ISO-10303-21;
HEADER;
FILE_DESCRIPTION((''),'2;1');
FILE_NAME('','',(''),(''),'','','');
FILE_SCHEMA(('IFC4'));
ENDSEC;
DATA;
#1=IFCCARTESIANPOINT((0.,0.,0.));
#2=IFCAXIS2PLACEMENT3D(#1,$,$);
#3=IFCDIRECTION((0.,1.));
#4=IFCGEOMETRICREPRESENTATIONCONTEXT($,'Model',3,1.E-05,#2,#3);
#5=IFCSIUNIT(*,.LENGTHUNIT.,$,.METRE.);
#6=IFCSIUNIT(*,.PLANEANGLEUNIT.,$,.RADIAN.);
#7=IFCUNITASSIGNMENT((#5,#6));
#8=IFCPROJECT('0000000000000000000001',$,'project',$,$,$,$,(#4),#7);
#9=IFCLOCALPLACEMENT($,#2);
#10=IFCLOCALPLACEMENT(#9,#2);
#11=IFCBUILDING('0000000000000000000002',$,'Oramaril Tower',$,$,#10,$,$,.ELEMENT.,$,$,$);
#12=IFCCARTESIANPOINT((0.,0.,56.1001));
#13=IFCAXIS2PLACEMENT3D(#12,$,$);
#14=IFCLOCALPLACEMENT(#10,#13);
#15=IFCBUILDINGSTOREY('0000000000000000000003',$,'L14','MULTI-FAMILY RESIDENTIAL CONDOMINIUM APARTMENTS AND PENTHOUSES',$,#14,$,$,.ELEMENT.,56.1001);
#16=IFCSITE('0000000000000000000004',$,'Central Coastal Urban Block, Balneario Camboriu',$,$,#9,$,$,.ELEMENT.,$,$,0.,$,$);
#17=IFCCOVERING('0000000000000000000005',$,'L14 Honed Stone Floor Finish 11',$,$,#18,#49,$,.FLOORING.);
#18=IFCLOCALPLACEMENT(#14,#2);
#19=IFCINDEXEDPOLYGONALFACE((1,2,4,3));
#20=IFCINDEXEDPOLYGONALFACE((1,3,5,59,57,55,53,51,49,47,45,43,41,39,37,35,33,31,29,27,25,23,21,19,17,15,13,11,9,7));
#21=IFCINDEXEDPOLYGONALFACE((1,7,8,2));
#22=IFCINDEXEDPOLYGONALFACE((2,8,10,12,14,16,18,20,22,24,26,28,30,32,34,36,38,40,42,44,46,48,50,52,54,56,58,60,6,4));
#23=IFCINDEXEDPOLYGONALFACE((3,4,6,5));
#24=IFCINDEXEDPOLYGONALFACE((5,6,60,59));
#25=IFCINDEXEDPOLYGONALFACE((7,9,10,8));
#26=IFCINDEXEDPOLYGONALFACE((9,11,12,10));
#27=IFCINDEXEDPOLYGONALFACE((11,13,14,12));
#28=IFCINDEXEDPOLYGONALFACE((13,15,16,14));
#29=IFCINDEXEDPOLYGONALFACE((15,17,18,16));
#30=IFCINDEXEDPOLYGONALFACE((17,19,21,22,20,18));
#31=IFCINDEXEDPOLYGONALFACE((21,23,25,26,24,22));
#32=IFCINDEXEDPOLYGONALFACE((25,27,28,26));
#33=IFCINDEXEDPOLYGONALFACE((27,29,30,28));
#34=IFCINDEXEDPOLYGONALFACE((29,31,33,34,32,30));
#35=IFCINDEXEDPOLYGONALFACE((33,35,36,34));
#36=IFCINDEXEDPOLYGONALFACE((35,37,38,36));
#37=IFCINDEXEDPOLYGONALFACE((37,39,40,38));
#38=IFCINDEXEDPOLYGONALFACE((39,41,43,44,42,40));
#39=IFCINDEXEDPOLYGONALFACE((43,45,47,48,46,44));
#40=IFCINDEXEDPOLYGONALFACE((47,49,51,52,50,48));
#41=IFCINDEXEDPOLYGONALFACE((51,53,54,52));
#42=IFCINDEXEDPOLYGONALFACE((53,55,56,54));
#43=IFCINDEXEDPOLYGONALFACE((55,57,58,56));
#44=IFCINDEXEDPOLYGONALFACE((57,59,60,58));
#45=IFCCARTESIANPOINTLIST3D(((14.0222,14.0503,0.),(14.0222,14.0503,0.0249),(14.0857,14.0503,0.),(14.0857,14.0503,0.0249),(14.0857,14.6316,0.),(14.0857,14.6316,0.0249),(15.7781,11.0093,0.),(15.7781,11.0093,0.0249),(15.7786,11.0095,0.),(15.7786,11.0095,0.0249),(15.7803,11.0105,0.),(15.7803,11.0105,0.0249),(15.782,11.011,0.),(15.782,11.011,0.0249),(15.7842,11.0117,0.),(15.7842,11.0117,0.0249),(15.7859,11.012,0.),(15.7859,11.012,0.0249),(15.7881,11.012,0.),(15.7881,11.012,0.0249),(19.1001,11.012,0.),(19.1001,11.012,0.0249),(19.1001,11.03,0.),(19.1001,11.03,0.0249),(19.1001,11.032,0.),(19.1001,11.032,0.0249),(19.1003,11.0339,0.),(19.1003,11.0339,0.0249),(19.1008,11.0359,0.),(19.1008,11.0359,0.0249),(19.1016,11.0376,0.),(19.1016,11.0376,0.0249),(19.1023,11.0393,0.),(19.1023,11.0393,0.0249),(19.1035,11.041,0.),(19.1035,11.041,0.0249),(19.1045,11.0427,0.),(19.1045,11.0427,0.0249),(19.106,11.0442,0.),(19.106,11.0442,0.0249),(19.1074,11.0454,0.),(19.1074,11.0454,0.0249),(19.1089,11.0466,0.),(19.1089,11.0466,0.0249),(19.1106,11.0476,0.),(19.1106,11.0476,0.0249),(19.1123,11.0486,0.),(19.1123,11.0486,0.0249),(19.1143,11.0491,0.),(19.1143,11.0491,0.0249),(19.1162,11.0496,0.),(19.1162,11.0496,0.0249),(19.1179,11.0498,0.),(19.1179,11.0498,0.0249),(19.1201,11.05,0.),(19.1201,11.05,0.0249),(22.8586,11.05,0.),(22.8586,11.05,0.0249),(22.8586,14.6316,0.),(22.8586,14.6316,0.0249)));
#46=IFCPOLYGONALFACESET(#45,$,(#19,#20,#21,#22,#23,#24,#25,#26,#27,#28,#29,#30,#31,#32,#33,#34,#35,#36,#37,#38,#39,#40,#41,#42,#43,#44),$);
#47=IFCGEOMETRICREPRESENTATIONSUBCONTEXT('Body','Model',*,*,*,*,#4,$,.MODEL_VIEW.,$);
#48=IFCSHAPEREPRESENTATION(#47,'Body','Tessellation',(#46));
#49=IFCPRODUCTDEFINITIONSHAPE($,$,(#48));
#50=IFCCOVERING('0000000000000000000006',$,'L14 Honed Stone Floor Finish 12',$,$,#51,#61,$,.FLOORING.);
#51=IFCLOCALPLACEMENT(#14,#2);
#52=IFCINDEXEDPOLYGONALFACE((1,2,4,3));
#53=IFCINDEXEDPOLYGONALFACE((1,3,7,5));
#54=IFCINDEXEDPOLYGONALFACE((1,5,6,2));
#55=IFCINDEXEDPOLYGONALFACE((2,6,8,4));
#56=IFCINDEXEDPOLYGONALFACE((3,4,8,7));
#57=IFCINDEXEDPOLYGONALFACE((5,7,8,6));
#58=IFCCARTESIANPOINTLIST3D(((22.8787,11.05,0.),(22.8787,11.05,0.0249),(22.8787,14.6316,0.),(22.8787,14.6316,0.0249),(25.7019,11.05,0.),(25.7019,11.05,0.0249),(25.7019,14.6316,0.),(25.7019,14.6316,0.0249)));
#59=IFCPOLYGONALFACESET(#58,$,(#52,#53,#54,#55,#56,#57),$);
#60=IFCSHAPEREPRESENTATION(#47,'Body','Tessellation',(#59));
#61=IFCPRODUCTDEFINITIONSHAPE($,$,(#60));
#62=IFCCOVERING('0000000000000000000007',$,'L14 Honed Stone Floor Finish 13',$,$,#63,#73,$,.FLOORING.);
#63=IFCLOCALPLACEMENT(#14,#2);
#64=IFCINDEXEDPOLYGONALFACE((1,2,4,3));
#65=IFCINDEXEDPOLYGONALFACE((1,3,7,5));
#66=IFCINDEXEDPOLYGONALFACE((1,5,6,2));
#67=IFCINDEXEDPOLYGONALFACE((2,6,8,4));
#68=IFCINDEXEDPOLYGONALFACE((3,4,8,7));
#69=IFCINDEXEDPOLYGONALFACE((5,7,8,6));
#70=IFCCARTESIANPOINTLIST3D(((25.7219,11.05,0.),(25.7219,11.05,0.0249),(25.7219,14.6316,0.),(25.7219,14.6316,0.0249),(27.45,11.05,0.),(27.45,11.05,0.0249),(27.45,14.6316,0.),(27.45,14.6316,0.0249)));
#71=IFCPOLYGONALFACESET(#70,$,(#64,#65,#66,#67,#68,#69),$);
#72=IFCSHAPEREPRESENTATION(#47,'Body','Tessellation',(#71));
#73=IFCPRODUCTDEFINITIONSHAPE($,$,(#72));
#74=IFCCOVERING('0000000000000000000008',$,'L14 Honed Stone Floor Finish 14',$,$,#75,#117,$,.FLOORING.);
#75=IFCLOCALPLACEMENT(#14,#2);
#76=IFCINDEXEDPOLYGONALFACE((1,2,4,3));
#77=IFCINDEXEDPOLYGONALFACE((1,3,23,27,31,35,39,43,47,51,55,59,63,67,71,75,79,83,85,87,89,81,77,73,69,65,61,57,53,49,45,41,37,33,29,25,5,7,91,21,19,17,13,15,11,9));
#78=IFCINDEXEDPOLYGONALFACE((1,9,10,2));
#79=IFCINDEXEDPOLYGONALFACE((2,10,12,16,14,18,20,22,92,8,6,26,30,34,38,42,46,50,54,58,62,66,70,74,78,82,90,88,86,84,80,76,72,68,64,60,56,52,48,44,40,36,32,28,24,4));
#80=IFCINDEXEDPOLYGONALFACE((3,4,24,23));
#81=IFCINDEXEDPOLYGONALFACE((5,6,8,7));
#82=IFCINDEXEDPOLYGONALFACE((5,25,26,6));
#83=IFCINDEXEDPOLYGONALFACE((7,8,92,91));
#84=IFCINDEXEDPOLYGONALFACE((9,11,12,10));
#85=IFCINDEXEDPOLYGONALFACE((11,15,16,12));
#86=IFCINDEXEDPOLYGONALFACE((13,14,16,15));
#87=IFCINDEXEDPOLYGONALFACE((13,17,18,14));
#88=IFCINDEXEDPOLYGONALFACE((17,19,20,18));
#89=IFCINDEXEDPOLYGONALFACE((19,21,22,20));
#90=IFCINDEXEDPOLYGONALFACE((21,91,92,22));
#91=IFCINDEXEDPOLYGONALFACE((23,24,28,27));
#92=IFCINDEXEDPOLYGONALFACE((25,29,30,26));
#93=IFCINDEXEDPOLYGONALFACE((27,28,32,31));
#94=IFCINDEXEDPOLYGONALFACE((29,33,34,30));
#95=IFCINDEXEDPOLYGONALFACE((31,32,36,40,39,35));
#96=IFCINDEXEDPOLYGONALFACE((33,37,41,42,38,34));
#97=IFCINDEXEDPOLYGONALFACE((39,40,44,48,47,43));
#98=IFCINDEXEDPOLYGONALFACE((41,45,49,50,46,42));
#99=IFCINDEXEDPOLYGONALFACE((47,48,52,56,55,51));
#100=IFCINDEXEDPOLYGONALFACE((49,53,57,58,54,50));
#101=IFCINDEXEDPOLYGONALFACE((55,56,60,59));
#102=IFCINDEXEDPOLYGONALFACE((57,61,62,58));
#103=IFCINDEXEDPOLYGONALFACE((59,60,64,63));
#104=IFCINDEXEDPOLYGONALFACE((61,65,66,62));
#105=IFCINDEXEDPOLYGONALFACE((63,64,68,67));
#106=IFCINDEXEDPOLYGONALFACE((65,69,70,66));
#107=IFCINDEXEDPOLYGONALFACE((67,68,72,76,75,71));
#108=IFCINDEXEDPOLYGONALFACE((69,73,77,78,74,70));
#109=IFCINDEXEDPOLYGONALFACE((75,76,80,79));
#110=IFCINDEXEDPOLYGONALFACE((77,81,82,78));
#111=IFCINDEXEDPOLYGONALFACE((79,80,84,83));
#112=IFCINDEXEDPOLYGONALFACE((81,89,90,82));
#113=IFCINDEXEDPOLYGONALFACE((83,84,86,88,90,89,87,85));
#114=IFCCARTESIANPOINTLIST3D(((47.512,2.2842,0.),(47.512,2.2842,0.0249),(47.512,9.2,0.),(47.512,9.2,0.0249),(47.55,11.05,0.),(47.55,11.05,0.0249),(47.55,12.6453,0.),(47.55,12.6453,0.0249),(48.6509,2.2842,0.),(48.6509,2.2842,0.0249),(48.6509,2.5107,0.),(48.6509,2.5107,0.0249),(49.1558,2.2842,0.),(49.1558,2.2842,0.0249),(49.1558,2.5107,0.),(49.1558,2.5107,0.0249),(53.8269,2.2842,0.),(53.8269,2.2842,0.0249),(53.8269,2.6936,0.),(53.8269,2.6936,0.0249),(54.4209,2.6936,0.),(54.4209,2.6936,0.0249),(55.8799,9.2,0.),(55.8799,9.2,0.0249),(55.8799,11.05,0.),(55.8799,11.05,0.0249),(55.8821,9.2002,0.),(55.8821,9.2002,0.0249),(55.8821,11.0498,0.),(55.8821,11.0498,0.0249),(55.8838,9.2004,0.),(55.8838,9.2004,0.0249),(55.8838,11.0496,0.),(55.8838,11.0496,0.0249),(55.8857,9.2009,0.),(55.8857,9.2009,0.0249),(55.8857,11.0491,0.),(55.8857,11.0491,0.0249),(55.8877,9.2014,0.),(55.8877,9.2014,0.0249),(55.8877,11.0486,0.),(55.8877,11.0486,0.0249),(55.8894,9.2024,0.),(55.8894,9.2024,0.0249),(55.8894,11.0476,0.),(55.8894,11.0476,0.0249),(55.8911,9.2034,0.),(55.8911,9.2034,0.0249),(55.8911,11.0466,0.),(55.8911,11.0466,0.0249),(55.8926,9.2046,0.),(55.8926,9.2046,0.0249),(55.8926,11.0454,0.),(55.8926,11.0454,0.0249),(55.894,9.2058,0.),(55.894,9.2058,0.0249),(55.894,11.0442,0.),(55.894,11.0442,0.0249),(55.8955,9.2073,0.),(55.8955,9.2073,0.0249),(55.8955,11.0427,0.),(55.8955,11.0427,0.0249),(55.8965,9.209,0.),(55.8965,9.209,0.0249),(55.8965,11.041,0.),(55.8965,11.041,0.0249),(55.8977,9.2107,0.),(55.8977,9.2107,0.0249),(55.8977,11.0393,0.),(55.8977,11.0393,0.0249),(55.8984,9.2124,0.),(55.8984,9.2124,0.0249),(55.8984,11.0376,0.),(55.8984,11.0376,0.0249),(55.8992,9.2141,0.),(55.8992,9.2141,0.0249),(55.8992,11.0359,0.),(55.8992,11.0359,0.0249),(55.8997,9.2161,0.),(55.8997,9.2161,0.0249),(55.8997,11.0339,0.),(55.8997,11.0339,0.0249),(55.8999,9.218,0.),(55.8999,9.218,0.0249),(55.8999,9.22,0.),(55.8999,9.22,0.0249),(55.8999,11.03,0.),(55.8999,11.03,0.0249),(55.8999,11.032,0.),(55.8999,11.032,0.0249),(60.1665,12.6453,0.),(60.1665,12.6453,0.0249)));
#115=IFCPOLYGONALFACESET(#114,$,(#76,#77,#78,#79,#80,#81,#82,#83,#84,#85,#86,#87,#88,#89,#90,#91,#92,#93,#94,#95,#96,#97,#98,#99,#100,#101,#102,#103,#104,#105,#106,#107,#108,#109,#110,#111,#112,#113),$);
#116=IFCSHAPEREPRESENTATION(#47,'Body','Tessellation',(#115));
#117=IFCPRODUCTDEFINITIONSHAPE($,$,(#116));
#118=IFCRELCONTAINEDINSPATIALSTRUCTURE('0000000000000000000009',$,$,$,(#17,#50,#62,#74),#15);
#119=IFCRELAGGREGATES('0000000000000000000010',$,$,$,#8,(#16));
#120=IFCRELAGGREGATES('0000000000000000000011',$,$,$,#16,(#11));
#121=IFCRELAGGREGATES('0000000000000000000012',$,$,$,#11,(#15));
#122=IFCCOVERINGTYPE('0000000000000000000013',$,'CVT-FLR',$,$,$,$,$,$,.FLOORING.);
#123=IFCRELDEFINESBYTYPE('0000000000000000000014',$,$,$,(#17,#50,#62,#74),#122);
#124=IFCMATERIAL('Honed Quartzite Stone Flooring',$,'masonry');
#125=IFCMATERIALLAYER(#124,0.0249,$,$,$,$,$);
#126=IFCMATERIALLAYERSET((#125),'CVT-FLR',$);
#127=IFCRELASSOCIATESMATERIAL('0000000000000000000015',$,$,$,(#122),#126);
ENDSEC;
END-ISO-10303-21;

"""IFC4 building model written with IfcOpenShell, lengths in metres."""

from ifc_helpers import new_model, si_unit, direction, frame, origin, place, context, subcontext, project, spatial, polyline, outline, extrude, material, layer, layer_set, type_object, element, save


model = new_model("IFC4")

# Units and contexts
model_context = context("Model", 3, precision=1e-05, world=origin(), true_north=direction((0.0, 1.0)))
body_context = subcontext(model_context, "Body", "Model", "MODEL_VIEW")
ifc_project = project(units=[si_unit("LENGTHUNIT", "METRE"), si_unit("PLANEANGLEUNIT", "RADIAN")], contexts=[model_context])

# Site, building, storey
site_placement = place(None, origin())
site = spatial("IfcSite", under=ifc_project, at=site_placement, Name="Central Coastal Urban Block, Balneario Camboriu", CompositionType="ELEMENT", RefElevation=0.0)
building_placement = place(site_placement, origin())
building = spatial("IfcBuilding", under=site, at=building_placement, Name="Oramaril Tower", CompositionType="ELEMENT")
storey_placement = place(building_placement, frame((0.0, 0.0, 56.1001)))
storey = spatial("IfcBuildingStorey", under=building, at=storey_placement, Name="L14", Description="MULTI-FAMILY RESIDENTIAL CONDOMINIUM APARTMENTS AND PENTHOUSES", CompositionType="ELEMENT", Elevation=56.1001)

# Coverings
ifc_material_1 = material(Name="Honed Quartzite Stone Flooring", Category="masonry")
ifc_layer_1 = layer(ifc_material_1, 0.0249)
ifc_layer_set_1 = layer_set([ifc_layer_1], Name="CVT-FLR")
covering_type_1 = type_object("IfcCoveringType", Name="CVT-FLR", PredefinedType="FLOORING", material=ifc_layer_set_1)
covering_1_placement = place(storey_placement, origin())
element("IfcCovering", 1, at=covering_1_placement, inside=storey, type_object=covering_type_1, Name="L14 Honed Stone Floor Finish 11", PredefinedType="FLOORING", context=body_context, shape_type="SweptSolid", body=[
    extrude(outline(polyline([(14.0222, 14.0503), (14.0857, 14.0503), (14.0857, 14.6316), (22.8586, 14.6316), (22.8586, 11.05), (19.1201, 11.05), (19.1179, 11.0498), (19.1162, 11.0496), (19.1143, 11.0491), (19.1123, 11.0486), (19.1106, 11.0476), (19.1089, 11.0466), (19.1074, 11.0454), (19.106, 11.0442), (19.1045, 11.0427), (19.1035, 11.041), (19.1023, 11.0393), (19.1016, 11.0376), (19.1008, 11.0359), (19.1003, 11.0339), (19.1001, 11.032), (19.1001, 11.03), (19.1001, 11.012), (15.7881, 11.012), (15.7859, 11.012), (15.7842, 11.0117), (15.782, 11.011), (15.7803, 11.0105), (15.7786, 11.0095), (15.7781, 11.0093), (14.0222, 14.0503)])), origin(), (0.0, 0.0, 1.0), 0.0249),
])
covering_2_placement = place(storey_placement, origin())
element("IfcCovering", 2, at=covering_2_placement, inside=storey, type_object=covering_type_1, Name="L14 Honed Stone Floor Finish 12", PredefinedType="FLOORING", context=body_context, shape_type="SweptSolid", body=[
    extrude(outline(polyline([(25.7019, 11.05), (22.8787, 11.05), (22.8787, 14.6316), (25.7019, 14.6316), (25.7019, 11.05)])), origin(), (0.0, 0.0, 1.0), 0.0249),
])
covering_3_placement = place(storey_placement, origin())
element("IfcCovering", 3, at=covering_3_placement, inside=storey, type_object=covering_type_1, Name="L14 Honed Stone Floor Finish 13", PredefinedType="FLOORING", context=body_context, shape_type="SweptSolid", body=[
    extrude(outline(polyline([(25.7219, 14.6316), (27.45, 14.6316), (27.45, 11.05), (25.7219, 11.05), (25.7219, 14.6316)])), origin(), (0.0, 0.0, 1.0), 0.0249),
])
covering_4_placement = place(storey_placement, origin())
element("IfcCovering", 4, at=covering_4_placement, inside=storey, type_object=covering_type_1, Name="L14 Honed Stone Floor Finish 14", PredefinedType="FLOORING", context=body_context, shape_type="SweptSolid", body=[
    extrude(outline(polyline([(60.1665, 12.6453), (54.4209, 2.6936), (53.8269, 2.6936), (53.8269, 2.2842), (49.1558, 2.2842), (49.1558, 2.5107), (48.6509, 2.5107), (48.6509, 2.2842), (47.512, 2.2842), (47.512, 9.2), (55.8799, 9.2), (55.8821, 9.2002), (55.8838, 9.2004), (55.8857, 9.2009), (55.8877, 9.2014), (55.8894, 9.2024), (55.8911, 9.2034), (55.8926, 9.2046), (55.894, 9.2058), (55.8955, 9.2073), (55.8965, 9.209), (55.8977, 9.2107), (55.8984, 9.2124), (55.8992, 9.2141), (55.8997, 9.2161), (55.8999, 9.218), (55.8999, 9.22), (55.8999, 11.03), (55.8999, 11.032), (55.8997, 11.0339), (55.8992, 11.0359), (55.8984, 11.0376), (55.8977, 11.0393), (55.8965, 11.041), (55.8955, 11.0427), (55.894, 11.0442), (55.8926, 11.0454), (55.8911, 11.0466), (55.8894, 11.0476), (55.8877, 11.0486), (55.8857, 11.0491), (55.8838, 11.0496), (55.8821, 11.0498), (55.8799, 11.05), (47.55, 11.05), (47.55, 12.6453), (60.1665, 12.6453)])), origin(), (0.0, 0.0, 1.0), 0.0249),
])

save(model, "model.ifc")
